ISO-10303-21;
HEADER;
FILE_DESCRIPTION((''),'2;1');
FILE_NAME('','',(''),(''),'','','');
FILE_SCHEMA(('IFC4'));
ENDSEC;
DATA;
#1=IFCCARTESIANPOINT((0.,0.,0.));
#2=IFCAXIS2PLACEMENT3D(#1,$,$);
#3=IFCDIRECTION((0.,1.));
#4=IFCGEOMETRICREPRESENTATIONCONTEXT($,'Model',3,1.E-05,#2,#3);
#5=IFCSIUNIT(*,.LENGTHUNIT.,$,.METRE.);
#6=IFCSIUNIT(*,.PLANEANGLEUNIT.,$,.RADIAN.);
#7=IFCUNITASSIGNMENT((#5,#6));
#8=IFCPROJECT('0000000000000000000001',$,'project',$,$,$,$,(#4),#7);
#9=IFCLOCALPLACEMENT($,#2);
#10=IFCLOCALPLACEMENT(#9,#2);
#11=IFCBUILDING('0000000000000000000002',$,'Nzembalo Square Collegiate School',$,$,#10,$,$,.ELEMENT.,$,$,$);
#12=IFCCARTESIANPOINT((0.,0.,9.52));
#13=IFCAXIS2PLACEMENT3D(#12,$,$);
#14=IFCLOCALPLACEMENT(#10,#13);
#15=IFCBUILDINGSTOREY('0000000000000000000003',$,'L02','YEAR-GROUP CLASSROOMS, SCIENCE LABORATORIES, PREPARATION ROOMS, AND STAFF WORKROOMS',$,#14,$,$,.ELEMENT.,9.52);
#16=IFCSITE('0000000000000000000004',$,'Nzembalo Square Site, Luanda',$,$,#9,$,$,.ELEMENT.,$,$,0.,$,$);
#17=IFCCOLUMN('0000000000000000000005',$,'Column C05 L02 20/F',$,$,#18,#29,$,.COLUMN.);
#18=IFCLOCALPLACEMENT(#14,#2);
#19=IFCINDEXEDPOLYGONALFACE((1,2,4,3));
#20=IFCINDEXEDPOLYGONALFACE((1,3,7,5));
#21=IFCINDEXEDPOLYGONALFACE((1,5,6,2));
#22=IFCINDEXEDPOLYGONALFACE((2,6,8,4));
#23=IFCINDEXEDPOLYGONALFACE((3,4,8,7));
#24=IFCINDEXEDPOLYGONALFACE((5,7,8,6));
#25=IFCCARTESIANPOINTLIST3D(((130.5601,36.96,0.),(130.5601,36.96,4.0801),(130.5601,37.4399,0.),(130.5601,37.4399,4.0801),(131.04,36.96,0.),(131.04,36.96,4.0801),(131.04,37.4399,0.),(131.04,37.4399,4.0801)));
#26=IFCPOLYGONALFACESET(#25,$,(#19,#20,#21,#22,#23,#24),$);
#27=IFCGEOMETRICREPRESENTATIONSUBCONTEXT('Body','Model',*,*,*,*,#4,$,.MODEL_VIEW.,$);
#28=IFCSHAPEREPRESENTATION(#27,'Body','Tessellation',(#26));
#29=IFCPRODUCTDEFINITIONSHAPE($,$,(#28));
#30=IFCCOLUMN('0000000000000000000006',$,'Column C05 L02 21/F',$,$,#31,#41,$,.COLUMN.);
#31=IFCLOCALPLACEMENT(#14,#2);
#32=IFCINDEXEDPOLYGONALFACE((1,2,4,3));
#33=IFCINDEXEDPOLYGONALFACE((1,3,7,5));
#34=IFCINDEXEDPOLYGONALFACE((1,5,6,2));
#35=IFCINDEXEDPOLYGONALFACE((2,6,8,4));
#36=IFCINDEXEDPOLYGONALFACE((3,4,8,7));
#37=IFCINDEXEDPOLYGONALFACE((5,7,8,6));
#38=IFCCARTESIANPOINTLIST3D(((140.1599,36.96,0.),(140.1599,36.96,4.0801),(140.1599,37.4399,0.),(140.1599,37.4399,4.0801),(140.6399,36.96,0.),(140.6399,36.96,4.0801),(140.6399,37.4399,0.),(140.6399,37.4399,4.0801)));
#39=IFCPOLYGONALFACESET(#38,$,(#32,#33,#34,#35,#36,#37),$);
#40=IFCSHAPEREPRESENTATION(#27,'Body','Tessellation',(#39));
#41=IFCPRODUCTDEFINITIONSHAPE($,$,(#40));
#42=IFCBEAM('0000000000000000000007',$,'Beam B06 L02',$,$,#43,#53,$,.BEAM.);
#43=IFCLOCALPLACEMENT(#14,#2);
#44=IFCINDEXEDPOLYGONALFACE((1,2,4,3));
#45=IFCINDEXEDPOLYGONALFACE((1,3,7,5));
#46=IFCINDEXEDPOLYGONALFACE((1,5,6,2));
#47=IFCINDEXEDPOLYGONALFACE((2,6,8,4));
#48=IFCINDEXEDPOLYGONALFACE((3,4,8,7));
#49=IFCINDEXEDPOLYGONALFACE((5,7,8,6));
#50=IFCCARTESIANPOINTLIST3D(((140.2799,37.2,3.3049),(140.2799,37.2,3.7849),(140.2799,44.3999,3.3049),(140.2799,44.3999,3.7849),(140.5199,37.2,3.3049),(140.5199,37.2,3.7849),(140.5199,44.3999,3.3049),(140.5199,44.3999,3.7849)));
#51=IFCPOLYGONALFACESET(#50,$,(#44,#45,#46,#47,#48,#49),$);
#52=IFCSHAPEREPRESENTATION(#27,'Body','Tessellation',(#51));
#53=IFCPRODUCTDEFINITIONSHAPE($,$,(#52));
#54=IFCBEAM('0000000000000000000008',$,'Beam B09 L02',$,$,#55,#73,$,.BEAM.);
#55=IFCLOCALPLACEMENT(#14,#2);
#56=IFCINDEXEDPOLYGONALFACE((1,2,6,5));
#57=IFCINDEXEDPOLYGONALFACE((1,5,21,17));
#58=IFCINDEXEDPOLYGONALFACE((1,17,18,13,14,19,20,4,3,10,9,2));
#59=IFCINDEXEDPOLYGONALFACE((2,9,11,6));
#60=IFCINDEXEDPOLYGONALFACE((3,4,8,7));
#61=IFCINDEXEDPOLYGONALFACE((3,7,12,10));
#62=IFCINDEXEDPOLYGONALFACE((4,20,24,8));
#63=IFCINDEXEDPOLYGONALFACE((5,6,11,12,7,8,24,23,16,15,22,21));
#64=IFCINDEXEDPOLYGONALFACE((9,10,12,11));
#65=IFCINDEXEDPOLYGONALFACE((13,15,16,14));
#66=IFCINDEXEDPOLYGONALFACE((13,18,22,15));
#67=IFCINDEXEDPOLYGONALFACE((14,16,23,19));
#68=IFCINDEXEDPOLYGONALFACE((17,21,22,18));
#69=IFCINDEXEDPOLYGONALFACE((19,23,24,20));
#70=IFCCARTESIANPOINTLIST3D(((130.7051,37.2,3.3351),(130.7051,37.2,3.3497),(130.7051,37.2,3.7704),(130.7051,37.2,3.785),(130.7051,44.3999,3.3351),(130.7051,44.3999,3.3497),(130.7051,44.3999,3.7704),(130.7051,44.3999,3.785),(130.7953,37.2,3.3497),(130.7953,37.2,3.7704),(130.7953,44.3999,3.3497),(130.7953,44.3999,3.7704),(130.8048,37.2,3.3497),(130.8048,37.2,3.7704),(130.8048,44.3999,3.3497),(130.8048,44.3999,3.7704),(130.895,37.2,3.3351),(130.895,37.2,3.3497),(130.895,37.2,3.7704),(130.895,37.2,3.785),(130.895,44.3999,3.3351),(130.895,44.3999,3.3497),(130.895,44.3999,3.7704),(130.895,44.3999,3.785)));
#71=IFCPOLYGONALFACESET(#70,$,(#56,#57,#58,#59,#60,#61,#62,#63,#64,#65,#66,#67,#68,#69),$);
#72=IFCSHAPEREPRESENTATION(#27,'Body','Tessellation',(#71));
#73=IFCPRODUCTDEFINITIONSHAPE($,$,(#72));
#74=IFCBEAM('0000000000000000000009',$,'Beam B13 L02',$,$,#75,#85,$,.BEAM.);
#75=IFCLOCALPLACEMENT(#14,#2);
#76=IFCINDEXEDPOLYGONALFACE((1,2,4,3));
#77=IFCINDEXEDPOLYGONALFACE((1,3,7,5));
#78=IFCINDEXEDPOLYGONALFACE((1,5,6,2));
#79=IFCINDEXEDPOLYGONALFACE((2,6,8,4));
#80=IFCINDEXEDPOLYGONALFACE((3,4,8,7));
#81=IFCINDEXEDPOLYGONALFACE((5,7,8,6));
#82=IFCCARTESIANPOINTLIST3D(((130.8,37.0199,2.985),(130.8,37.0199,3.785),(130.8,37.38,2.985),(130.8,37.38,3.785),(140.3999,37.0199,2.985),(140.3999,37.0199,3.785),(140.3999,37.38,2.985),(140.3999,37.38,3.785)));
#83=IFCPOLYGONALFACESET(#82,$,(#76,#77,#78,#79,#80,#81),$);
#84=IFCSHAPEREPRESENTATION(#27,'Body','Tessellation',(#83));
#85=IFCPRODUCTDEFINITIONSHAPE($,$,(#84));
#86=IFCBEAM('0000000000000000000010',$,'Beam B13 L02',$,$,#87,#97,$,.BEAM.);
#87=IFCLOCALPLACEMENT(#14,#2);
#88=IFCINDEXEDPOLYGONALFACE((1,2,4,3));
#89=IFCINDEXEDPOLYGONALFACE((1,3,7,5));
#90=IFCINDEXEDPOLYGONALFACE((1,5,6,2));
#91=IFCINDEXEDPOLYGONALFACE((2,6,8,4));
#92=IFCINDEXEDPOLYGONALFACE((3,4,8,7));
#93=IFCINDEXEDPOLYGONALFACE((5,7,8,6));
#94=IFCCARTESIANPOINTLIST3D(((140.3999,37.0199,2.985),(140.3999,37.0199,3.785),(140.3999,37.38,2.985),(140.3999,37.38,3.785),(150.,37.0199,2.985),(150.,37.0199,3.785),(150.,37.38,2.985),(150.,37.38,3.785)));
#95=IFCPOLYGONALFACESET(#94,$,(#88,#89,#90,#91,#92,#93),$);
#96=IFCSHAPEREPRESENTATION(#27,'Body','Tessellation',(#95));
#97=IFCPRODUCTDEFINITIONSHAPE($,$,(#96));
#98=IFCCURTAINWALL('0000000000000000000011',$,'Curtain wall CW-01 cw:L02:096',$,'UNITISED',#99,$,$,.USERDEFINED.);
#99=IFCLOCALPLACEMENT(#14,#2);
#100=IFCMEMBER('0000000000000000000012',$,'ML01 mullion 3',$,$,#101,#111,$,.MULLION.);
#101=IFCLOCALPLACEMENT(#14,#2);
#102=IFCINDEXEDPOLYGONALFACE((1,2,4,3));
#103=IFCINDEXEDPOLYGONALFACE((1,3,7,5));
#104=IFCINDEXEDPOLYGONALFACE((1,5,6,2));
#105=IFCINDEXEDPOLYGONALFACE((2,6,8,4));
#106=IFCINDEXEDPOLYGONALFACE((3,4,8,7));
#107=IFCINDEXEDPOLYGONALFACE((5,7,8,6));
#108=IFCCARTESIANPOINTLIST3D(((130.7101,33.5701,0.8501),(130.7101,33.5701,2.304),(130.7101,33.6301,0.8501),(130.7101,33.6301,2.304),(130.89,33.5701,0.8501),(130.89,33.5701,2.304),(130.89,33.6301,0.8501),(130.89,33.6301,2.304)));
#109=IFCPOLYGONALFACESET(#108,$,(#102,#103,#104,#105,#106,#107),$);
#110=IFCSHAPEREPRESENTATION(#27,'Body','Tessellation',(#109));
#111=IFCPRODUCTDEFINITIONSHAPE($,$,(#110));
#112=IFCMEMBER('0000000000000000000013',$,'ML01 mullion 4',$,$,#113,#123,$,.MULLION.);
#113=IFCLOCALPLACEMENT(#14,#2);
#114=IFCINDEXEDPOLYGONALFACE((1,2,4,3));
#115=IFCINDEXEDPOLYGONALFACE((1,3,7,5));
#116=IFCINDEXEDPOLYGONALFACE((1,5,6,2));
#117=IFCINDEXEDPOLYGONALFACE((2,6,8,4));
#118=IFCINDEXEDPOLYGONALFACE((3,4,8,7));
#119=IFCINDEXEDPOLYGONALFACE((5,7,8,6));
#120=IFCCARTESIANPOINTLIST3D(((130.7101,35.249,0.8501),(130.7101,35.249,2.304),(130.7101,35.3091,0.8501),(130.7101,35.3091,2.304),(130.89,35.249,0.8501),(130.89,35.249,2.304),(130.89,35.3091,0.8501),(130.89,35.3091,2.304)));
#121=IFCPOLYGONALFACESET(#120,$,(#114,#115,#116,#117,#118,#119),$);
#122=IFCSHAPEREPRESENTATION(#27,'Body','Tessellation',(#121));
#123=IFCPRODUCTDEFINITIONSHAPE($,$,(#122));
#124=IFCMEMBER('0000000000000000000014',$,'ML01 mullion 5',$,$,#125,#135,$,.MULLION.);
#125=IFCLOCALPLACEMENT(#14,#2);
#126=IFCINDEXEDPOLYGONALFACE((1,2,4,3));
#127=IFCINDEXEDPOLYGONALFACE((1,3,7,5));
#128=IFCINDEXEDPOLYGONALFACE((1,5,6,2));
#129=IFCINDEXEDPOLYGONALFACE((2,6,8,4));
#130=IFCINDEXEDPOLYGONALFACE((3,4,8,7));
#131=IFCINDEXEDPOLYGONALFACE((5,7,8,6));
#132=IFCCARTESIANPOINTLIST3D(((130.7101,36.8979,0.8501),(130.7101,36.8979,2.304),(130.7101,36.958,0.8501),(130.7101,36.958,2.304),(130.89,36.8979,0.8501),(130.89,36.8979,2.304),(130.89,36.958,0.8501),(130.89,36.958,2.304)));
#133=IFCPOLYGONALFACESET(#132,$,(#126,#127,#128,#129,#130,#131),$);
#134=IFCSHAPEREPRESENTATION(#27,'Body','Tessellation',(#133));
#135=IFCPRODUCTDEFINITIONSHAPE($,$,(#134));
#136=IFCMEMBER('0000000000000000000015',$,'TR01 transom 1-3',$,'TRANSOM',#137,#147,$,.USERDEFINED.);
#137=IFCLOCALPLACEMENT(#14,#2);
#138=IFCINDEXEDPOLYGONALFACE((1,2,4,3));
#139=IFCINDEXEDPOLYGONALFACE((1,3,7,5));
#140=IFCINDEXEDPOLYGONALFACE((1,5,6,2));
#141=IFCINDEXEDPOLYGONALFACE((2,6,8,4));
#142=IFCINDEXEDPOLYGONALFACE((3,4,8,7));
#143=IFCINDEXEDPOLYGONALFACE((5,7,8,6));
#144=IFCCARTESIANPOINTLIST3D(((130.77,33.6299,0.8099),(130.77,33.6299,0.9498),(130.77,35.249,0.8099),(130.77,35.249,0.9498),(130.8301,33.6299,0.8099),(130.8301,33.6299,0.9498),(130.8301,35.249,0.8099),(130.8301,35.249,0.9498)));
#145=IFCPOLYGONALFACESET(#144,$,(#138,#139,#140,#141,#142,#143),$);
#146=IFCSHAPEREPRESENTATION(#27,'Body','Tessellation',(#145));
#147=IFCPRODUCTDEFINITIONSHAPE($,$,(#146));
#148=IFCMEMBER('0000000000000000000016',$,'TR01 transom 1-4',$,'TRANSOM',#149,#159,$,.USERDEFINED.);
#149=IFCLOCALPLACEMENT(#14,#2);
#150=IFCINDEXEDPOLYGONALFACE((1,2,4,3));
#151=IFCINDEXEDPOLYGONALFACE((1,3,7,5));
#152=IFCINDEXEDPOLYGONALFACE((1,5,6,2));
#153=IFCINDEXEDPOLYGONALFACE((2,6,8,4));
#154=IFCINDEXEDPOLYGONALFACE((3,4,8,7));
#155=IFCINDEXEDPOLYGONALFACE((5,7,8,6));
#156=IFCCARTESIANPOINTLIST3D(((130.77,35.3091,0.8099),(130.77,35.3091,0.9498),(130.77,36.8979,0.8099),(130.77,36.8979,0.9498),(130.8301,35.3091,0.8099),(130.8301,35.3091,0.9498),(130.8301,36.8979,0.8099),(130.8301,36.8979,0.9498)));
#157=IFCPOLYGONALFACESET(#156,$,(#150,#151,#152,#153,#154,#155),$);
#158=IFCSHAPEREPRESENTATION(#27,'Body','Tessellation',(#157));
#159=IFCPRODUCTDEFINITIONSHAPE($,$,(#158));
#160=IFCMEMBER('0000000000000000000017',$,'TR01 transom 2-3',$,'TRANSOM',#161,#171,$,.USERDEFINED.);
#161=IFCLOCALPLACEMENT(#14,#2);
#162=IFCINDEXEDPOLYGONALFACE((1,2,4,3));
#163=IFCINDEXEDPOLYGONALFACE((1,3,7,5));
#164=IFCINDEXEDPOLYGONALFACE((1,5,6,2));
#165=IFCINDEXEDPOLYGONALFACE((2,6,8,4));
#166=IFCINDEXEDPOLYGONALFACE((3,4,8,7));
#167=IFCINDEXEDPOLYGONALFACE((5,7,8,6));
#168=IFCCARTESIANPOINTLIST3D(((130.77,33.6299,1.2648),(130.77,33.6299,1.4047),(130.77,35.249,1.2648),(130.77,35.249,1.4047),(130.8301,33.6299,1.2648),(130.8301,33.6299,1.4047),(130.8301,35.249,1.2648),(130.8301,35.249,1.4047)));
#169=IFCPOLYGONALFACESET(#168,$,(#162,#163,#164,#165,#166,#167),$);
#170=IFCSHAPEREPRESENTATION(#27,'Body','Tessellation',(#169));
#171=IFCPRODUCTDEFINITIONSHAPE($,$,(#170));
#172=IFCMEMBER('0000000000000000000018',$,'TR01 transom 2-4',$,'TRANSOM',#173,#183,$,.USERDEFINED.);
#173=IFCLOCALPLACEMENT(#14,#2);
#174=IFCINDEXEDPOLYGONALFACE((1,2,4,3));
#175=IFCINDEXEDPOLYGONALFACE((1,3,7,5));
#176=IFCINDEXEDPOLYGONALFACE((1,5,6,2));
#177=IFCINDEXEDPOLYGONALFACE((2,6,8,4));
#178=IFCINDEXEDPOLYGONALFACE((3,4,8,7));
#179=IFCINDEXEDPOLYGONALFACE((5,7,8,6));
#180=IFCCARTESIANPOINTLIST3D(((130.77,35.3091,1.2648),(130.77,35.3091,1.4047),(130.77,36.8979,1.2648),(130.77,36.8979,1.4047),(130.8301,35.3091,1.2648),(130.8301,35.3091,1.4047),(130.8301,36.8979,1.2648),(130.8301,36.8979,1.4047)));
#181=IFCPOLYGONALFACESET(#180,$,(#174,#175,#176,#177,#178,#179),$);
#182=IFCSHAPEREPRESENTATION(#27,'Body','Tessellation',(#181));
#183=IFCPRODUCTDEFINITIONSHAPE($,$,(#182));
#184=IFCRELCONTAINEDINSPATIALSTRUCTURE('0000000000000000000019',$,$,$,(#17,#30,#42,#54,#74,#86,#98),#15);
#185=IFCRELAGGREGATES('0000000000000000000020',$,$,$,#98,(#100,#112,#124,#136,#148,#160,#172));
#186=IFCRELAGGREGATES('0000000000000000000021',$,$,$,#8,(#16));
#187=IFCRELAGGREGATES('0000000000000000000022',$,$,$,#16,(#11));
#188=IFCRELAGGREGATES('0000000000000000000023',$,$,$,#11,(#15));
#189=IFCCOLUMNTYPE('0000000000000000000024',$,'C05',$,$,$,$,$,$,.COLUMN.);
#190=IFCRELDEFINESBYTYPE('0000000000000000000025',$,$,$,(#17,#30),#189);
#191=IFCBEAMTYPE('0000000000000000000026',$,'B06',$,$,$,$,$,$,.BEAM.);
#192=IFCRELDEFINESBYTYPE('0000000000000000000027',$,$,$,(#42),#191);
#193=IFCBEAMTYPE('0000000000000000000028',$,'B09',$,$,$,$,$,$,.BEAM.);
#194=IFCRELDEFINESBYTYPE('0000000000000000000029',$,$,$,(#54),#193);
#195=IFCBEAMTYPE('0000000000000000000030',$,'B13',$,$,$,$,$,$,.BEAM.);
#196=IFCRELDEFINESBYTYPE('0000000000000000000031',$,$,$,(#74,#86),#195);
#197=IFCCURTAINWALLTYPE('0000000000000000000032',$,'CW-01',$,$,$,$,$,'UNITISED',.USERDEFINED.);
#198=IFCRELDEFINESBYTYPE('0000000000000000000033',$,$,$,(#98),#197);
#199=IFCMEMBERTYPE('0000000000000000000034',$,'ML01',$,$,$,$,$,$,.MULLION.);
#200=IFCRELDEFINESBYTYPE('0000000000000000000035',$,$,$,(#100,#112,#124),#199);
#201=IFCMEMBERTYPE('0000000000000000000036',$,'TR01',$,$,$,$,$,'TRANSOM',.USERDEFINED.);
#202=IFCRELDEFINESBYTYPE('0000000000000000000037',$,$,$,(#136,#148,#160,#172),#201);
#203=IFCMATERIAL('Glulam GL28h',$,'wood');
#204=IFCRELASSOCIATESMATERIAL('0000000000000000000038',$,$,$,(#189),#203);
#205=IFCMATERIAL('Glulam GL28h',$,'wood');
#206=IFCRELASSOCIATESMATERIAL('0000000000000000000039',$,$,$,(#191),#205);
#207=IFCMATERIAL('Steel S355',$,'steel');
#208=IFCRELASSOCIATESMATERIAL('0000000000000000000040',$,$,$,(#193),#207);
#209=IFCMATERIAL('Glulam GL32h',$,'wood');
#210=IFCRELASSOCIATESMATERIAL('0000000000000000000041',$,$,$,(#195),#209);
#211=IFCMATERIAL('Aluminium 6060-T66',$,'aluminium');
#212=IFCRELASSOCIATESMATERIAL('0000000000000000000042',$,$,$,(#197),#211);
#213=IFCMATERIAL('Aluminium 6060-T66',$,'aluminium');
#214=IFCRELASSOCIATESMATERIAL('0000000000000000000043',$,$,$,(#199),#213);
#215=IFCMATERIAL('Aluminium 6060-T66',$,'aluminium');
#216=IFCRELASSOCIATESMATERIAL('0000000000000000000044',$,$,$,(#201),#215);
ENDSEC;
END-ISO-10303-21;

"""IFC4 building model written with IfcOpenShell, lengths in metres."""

from ifc_helpers import new_model, si_unit, direction, frame, origin, origin_2d, place, context, subcontext, project, spatial, rectangle, i_section, extrude, material, material_profile, profile_set, type_object, element, aggregate, save


model = new_model("IFC4")

# Units and contexts
model_context = context("Model", 3, precision=1e-05, world=origin(), true_north=direction((0.0, 1.0)))
body_context = subcontext(model_context, "Body", "Model", "MODEL_VIEW")
ifc_project = project(units=[si_unit("LENGTHUNIT", "METRE"), si_unit("PLANEANGLEUNIT", "RADIAN")], contexts=[model_context])

# Site, building, storey
site_placement = place(None, origin())
site = spatial("IfcSite", under=ifc_project, at=site_placement, Name="Nzembalo Square Site, Luanda", CompositionType="ELEMENT", RefElevation=0.0)
building_placement = place(site_placement, origin())
building = spatial("IfcBuilding", under=site, at=building_placement, Name="Nzembalo Square Collegiate School", CompositionType="ELEMENT")
storey_placement = place(building_placement, frame((0.0, 0.0, 9.52)))
storey = spatial("IfcBuildingStorey", under=building, at=storey_placement, Name="L02", Description="YEAR-GROUP CLASSROOMS, SCIENCE LABORATORIES, PREPARATION ROOMS, AND STAFF WORKROOMS", CompositionType="ELEMENT", Elevation=9.52)

# Columns
ifc_material_1 = material(Name="Glulam GL28h", Category="wood")
ifc_material_profile_1 = material_profile(ifc_material_1, rectangle(XDim=0.48, YDim=0.48, at=origin_2d()), Name="GL28h 480x480")
ifc_profile_set_1 = profile_set([ifc_material_profile_1], Name="Glulam GL28h")
column_type = type_object("IfcColumnType", Name="C05", PredefinedType="COLUMN", material=ifc_profile_set_1)
for number, where, z_axis, x_axis, name in (
    (1, (130.8, 37.2, 0.0), (0.0, 0.0, 1.0), (1.0, 0.0, 0.0), "Column C05 L02 20/F"),
    (2, (140.3999, 37.2, 0.0), (0.0, 0.0, 1.0), (1.0, 0.0, 0.0), "Column C05 L02 21/F"),
):
    element("IfcColumn", number, at=place(storey_placement, frame(where, z_axis=z_axis, x_axis=x_axis)), inside=storey, type_object=column_type, Name=name, PredefinedType="COLUMN", context=body_context, shape_type="SweptSolid", body=[
        extrude(rectangle(XDim=0.48, YDim=0.48, at=origin_2d()), origin(), (0.0, 0.0, 1.0), 4.0801),
    ])

# Beams
ifc_material_2 = material(Name="Glulam GL28h", Category="wood")
ifc_material_profile_2 = material_profile(ifc_material_2, rectangle(XDim=0.24, YDim=0.48, at=origin_2d()), Name="GL28h 240x480")
ifc_profile_set_2 = profile_set([ifc_material_profile_2], Name="Glulam GL28h")
beam_type_1 = type_object("IfcBeamType", Name="B06", PredefinedType="BEAM", material=ifc_profile_set_2)
beam_1_placement = place(storey_placement, frame((140.3999, 37.2, 3.5449), z_axis=(0.0, 1.0, 0.0), x_axis=(-1.0, 0.0, 0.0)))
element("IfcBeam", 3, at=beam_1_placement, inside=storey, type_object=beam_type_1, Name="Beam B06 L02", PredefinedType="BEAM", context=body_context, shape_type="SweptSolid", body=[
    extrude(rectangle(XDim=0.24, YDim=0.48, at=origin_2d()), origin(), (0.0, 0.0, 1.0), 7.2),
])
ifc_material_3 = material(Name="Steel S355", Category="steel")
ifc_material_profile_3 = material_profile(ifc_material_3, i_section(OverallWidth=0.1899, OverallDepth=0.45, WebThickness=0.0095, FlangeThickness=0.0146, at=origin_2d()), Name="IPE 450")
ifc_profile_set_3 = profile_set([ifc_material_profile_3], Name="Steel S355")
beam_type_2 = type_object("IfcBeamType", Name="B09", PredefinedType="BEAM", material=ifc_profile_set_3)
beam_2_placement = place(storey_placement, frame((130.8, 37.2, 3.5601), z_axis=(0.0, 1.0, 0.0), x_axis=(-1.0, 0.0, 0.0)))
element("IfcBeam", 4, at=beam_2_placement, inside=storey, type_object=beam_type_2, Name="Beam B09 L02", PredefinedType="BEAM", context=body_context, shape_type="SweptSolid", body=[
    extrude(i_section(OverallWidth=0.1899, OverallDepth=0.45, WebThickness=0.0095, FlangeThickness=0.0146, at=origin_2d()), origin(), (0.0, 0.0, 1.0), 7.2),
])
ifc_material_4 = material(Name="Glulam GL32h", Category="wood")
ifc_material_profile_4 = material_profile(ifc_material_4, rectangle(XDim=0.3601, YDim=0.8, at=origin_2d()), Name="GL32h 360x800")
ifc_profile_set_4 = profile_set([ifc_material_profile_4], Name="Glulam GL32h")
beam_type_3 = type_object("IfcBeamType", Name="B13", PredefinedType="BEAM", material=ifc_profile_set_4)
beam_3_placement = place(storey_placement, frame((130.8, 37.2, 3.385), z_axis=(1.0, 0.0, 0.0), x_axis=(0.0, 1.0, 0.0)))
element("IfcBeam", 5, at=beam_3_placement, inside=storey, type_object=beam_type_3, Name="Beam B13 L02", PredefinedType="BEAM", context=body_context, shape_type="SweptSolid", body=[
    extrude(rectangle(XDim=0.3601, YDim=0.8, at=origin_2d()), origin(), (0.0, 0.0, 1.0), 9.5999),
])
beam_4_placement = place(storey_placement, frame((140.3999, 37.2, 3.385), z_axis=(1.0, 0.0, 0.0), x_axis=(0.0, 1.0, 0.0)))
element("IfcBeam", 6, at=beam_4_placement, inside=storey, type_object=beam_type_3, Name="Beam B13 L02", PredefinedType="BEAM", context=body_context, shape_type="SweptSolid", body=[
    extrude(rectangle(XDim=0.3601, YDim=0.8, at=origin_2d()), origin(), (0.0, 0.0, 1.0), 9.6001),
])

# Curtain wall, members
ifc_material_5 = material(Name="Aluminium 6060-T66", Category="aluminium")
curtain_wall_type = type_object("IfcCurtainWallType", Name="CW-01", ElementType="UNITISED", PredefinedType="USERDEFINED", material=ifc_material_5)
curtain_wall_placement = place(storey_placement, origin())
curtain_wall = element("IfcCurtainWall", 7, at=curtain_wall_placement, inside=storey, type_object=curtain_wall_type, Name="Curtain wall CW-01 cw:L02:096", ObjectType="UNITISED", PredefinedType="USERDEFINED")
ifc_material_6 = material(Name="Aluminium 6060-T66", Category="aluminium")
ifc_material_profile_5 = material_profile(ifc_material_6, rectangle(XDim=0.0601, YDim=0.1799, at=origin_2d()), Name="ALU M60x180")
ifc_profile_set_5 = profile_set([ifc_material_profile_5], Name="Aluminium 6060-T66")
member_type_1 = type_object("IfcMemberType", Name="ML01", PredefinedType="MULLION", material=ifc_profile_set_5)
member_1_placement = place(storey_placement, frame((130.8, 33.6001, 0.8501), z_axis=(0.0, 0.0, 1.0), x_axis=(0.0, 1.0, 0.0)))
member_1 = element("IfcMember", 8, at=member_1_placement, type_object=member_type_1, Name="ML01 mullion 3", PredefinedType="MULLION", context=body_context, shape_type="SweptSolid", body=[
    extrude(rectangle(XDim=0.0601, YDim=0.1799, at=origin_2d()), origin(), (0.0, 0.0, 1.0), 1.4539),
])
member_2_placement = place(storey_placement, frame((130.8, 35.2791, 0.8501), z_axis=(0.0, 0.0, 1.0), x_axis=(0.0, 1.0, 0.0)))
member_2 = element("IfcMember", 9, at=member_2_placement, type_object=member_type_1, Name="ML01 mullion 4", PredefinedType="MULLION", context=body_context, shape_type="SweptSolid", body=[
    extrude(rectangle(XDim=0.0601, YDim=0.1799, at=origin_2d()), origin(), (0.0, 0.0, 1.0), 1.4539),
])
member_3_placement = place(storey_placement, frame((130.8, 36.928, 0.8501), z_axis=(0.0, 0.0, 1.0), x_axis=(0.0, 1.0, 0.0)))
member_3 = element("IfcMember", 10, at=member_3_placement, type_object=member_type_1, Name="ML01 mullion 5", PredefinedType="MULLION", context=body_context, shape_type="SweptSolid", body=[
    extrude(rectangle(XDim=0.0601, YDim=0.1799, at=origin_2d()), origin(), (0.0, 0.0, 1.0), 1.4539),
])
ifc_material_7 = material(Name="Aluminium 6060-T66", Category="aluminium")
ifc_material_profile_6 = material_profile(ifc_material_7, rectangle(XDim=0.0601, YDim=0.1399, at=origin_2d()), Name="ALU T60x140")
ifc_profile_set_6 = profile_set([ifc_material_profile_6], Name="Aluminium 6060-T66")
member_type_2 = type_object("IfcMemberType", Name="TR01", ElementType="TRANSOM", PredefinedType="USERDEFINED", material=ifc_profile_set_6)
member_4_placement = place(storey_placement, frame((130.8, 33.6299, 0.8799), z_axis=(0.0, 1.0, 0.0), x_axis=(-1.0, 0.0, 0.0)))
member_4 = element("IfcMember", 11, at=member_4_placement, type_object=member_type_2, Name="TR01 transom 1-3", ObjectType="TRANSOM", PredefinedType="USERDEFINED", context=body_context, shape_type="SweptSolid", body=[
    extrude(rectangle(XDim=0.0601, YDim=0.1399, at=origin_2d()), origin(), (0.0, 0.0, 1.0), 1.6191),
])
member_5_placement = place(storey_placement, frame((130.8, 35.3091, 0.8799), z_axis=(0.0, 1.0, 0.0), x_axis=(-1.0, 0.0, 0.0)))
member_5 = element("IfcMember", 12, at=member_5_placement, type_object=member_type_2, Name="TR01 transom 1-4", ObjectType="TRANSOM", PredefinedType="USERDEFINED", context=body_context, shape_type="SweptSolid", body=[
    extrude(rectangle(XDim=0.0601, YDim=0.1399, at=origin_2d()), origin(), (0.0, 0.0, 1.0), 1.5889),
])
member_6_placement = place(storey_placement, frame((130.8, 33.6299, 1.3347), z_axis=(0.0, 1.0, 0.0), x_axis=(-1.0, 0.0, 0.0)))
member_6 = element("IfcMember", 13, at=member_6_placement, type_object=member_type_2, Name="TR01 transom 2-3", ObjectType="TRANSOM", PredefinedType="USERDEFINED", context=body_context, shape_type="SweptSolid", body=[
    extrude(rectangle(XDim=0.0601, YDim=0.1399, at=origin_2d()), origin(), (0.0, 0.0, 1.0), 1.6191),
])
member_7_placement = place(storey_placement, frame((130.8, 35.3091, 1.3347), z_axis=(0.0, 1.0, 0.0), x_axis=(-1.0, 0.0, 0.0)))
member_7 = element("IfcMember", 14, at=member_7_placement, type_object=member_type_2, Name="TR01 transom 2-4", ObjectType="TRANSOM", PredefinedType="USERDEFINED", context=body_context, shape_type="SweptSolid", body=[
    extrude(rectangle(XDim=0.0601, YDim=0.1399, at=origin_2d()), origin(), (0.0, 0.0, 1.0), 1.5889),
])
aggregate(curtain_wall, [member_1, member_2, member_3, member_4, member_5, member_6, member_7])

save(model, "model.ifc")
